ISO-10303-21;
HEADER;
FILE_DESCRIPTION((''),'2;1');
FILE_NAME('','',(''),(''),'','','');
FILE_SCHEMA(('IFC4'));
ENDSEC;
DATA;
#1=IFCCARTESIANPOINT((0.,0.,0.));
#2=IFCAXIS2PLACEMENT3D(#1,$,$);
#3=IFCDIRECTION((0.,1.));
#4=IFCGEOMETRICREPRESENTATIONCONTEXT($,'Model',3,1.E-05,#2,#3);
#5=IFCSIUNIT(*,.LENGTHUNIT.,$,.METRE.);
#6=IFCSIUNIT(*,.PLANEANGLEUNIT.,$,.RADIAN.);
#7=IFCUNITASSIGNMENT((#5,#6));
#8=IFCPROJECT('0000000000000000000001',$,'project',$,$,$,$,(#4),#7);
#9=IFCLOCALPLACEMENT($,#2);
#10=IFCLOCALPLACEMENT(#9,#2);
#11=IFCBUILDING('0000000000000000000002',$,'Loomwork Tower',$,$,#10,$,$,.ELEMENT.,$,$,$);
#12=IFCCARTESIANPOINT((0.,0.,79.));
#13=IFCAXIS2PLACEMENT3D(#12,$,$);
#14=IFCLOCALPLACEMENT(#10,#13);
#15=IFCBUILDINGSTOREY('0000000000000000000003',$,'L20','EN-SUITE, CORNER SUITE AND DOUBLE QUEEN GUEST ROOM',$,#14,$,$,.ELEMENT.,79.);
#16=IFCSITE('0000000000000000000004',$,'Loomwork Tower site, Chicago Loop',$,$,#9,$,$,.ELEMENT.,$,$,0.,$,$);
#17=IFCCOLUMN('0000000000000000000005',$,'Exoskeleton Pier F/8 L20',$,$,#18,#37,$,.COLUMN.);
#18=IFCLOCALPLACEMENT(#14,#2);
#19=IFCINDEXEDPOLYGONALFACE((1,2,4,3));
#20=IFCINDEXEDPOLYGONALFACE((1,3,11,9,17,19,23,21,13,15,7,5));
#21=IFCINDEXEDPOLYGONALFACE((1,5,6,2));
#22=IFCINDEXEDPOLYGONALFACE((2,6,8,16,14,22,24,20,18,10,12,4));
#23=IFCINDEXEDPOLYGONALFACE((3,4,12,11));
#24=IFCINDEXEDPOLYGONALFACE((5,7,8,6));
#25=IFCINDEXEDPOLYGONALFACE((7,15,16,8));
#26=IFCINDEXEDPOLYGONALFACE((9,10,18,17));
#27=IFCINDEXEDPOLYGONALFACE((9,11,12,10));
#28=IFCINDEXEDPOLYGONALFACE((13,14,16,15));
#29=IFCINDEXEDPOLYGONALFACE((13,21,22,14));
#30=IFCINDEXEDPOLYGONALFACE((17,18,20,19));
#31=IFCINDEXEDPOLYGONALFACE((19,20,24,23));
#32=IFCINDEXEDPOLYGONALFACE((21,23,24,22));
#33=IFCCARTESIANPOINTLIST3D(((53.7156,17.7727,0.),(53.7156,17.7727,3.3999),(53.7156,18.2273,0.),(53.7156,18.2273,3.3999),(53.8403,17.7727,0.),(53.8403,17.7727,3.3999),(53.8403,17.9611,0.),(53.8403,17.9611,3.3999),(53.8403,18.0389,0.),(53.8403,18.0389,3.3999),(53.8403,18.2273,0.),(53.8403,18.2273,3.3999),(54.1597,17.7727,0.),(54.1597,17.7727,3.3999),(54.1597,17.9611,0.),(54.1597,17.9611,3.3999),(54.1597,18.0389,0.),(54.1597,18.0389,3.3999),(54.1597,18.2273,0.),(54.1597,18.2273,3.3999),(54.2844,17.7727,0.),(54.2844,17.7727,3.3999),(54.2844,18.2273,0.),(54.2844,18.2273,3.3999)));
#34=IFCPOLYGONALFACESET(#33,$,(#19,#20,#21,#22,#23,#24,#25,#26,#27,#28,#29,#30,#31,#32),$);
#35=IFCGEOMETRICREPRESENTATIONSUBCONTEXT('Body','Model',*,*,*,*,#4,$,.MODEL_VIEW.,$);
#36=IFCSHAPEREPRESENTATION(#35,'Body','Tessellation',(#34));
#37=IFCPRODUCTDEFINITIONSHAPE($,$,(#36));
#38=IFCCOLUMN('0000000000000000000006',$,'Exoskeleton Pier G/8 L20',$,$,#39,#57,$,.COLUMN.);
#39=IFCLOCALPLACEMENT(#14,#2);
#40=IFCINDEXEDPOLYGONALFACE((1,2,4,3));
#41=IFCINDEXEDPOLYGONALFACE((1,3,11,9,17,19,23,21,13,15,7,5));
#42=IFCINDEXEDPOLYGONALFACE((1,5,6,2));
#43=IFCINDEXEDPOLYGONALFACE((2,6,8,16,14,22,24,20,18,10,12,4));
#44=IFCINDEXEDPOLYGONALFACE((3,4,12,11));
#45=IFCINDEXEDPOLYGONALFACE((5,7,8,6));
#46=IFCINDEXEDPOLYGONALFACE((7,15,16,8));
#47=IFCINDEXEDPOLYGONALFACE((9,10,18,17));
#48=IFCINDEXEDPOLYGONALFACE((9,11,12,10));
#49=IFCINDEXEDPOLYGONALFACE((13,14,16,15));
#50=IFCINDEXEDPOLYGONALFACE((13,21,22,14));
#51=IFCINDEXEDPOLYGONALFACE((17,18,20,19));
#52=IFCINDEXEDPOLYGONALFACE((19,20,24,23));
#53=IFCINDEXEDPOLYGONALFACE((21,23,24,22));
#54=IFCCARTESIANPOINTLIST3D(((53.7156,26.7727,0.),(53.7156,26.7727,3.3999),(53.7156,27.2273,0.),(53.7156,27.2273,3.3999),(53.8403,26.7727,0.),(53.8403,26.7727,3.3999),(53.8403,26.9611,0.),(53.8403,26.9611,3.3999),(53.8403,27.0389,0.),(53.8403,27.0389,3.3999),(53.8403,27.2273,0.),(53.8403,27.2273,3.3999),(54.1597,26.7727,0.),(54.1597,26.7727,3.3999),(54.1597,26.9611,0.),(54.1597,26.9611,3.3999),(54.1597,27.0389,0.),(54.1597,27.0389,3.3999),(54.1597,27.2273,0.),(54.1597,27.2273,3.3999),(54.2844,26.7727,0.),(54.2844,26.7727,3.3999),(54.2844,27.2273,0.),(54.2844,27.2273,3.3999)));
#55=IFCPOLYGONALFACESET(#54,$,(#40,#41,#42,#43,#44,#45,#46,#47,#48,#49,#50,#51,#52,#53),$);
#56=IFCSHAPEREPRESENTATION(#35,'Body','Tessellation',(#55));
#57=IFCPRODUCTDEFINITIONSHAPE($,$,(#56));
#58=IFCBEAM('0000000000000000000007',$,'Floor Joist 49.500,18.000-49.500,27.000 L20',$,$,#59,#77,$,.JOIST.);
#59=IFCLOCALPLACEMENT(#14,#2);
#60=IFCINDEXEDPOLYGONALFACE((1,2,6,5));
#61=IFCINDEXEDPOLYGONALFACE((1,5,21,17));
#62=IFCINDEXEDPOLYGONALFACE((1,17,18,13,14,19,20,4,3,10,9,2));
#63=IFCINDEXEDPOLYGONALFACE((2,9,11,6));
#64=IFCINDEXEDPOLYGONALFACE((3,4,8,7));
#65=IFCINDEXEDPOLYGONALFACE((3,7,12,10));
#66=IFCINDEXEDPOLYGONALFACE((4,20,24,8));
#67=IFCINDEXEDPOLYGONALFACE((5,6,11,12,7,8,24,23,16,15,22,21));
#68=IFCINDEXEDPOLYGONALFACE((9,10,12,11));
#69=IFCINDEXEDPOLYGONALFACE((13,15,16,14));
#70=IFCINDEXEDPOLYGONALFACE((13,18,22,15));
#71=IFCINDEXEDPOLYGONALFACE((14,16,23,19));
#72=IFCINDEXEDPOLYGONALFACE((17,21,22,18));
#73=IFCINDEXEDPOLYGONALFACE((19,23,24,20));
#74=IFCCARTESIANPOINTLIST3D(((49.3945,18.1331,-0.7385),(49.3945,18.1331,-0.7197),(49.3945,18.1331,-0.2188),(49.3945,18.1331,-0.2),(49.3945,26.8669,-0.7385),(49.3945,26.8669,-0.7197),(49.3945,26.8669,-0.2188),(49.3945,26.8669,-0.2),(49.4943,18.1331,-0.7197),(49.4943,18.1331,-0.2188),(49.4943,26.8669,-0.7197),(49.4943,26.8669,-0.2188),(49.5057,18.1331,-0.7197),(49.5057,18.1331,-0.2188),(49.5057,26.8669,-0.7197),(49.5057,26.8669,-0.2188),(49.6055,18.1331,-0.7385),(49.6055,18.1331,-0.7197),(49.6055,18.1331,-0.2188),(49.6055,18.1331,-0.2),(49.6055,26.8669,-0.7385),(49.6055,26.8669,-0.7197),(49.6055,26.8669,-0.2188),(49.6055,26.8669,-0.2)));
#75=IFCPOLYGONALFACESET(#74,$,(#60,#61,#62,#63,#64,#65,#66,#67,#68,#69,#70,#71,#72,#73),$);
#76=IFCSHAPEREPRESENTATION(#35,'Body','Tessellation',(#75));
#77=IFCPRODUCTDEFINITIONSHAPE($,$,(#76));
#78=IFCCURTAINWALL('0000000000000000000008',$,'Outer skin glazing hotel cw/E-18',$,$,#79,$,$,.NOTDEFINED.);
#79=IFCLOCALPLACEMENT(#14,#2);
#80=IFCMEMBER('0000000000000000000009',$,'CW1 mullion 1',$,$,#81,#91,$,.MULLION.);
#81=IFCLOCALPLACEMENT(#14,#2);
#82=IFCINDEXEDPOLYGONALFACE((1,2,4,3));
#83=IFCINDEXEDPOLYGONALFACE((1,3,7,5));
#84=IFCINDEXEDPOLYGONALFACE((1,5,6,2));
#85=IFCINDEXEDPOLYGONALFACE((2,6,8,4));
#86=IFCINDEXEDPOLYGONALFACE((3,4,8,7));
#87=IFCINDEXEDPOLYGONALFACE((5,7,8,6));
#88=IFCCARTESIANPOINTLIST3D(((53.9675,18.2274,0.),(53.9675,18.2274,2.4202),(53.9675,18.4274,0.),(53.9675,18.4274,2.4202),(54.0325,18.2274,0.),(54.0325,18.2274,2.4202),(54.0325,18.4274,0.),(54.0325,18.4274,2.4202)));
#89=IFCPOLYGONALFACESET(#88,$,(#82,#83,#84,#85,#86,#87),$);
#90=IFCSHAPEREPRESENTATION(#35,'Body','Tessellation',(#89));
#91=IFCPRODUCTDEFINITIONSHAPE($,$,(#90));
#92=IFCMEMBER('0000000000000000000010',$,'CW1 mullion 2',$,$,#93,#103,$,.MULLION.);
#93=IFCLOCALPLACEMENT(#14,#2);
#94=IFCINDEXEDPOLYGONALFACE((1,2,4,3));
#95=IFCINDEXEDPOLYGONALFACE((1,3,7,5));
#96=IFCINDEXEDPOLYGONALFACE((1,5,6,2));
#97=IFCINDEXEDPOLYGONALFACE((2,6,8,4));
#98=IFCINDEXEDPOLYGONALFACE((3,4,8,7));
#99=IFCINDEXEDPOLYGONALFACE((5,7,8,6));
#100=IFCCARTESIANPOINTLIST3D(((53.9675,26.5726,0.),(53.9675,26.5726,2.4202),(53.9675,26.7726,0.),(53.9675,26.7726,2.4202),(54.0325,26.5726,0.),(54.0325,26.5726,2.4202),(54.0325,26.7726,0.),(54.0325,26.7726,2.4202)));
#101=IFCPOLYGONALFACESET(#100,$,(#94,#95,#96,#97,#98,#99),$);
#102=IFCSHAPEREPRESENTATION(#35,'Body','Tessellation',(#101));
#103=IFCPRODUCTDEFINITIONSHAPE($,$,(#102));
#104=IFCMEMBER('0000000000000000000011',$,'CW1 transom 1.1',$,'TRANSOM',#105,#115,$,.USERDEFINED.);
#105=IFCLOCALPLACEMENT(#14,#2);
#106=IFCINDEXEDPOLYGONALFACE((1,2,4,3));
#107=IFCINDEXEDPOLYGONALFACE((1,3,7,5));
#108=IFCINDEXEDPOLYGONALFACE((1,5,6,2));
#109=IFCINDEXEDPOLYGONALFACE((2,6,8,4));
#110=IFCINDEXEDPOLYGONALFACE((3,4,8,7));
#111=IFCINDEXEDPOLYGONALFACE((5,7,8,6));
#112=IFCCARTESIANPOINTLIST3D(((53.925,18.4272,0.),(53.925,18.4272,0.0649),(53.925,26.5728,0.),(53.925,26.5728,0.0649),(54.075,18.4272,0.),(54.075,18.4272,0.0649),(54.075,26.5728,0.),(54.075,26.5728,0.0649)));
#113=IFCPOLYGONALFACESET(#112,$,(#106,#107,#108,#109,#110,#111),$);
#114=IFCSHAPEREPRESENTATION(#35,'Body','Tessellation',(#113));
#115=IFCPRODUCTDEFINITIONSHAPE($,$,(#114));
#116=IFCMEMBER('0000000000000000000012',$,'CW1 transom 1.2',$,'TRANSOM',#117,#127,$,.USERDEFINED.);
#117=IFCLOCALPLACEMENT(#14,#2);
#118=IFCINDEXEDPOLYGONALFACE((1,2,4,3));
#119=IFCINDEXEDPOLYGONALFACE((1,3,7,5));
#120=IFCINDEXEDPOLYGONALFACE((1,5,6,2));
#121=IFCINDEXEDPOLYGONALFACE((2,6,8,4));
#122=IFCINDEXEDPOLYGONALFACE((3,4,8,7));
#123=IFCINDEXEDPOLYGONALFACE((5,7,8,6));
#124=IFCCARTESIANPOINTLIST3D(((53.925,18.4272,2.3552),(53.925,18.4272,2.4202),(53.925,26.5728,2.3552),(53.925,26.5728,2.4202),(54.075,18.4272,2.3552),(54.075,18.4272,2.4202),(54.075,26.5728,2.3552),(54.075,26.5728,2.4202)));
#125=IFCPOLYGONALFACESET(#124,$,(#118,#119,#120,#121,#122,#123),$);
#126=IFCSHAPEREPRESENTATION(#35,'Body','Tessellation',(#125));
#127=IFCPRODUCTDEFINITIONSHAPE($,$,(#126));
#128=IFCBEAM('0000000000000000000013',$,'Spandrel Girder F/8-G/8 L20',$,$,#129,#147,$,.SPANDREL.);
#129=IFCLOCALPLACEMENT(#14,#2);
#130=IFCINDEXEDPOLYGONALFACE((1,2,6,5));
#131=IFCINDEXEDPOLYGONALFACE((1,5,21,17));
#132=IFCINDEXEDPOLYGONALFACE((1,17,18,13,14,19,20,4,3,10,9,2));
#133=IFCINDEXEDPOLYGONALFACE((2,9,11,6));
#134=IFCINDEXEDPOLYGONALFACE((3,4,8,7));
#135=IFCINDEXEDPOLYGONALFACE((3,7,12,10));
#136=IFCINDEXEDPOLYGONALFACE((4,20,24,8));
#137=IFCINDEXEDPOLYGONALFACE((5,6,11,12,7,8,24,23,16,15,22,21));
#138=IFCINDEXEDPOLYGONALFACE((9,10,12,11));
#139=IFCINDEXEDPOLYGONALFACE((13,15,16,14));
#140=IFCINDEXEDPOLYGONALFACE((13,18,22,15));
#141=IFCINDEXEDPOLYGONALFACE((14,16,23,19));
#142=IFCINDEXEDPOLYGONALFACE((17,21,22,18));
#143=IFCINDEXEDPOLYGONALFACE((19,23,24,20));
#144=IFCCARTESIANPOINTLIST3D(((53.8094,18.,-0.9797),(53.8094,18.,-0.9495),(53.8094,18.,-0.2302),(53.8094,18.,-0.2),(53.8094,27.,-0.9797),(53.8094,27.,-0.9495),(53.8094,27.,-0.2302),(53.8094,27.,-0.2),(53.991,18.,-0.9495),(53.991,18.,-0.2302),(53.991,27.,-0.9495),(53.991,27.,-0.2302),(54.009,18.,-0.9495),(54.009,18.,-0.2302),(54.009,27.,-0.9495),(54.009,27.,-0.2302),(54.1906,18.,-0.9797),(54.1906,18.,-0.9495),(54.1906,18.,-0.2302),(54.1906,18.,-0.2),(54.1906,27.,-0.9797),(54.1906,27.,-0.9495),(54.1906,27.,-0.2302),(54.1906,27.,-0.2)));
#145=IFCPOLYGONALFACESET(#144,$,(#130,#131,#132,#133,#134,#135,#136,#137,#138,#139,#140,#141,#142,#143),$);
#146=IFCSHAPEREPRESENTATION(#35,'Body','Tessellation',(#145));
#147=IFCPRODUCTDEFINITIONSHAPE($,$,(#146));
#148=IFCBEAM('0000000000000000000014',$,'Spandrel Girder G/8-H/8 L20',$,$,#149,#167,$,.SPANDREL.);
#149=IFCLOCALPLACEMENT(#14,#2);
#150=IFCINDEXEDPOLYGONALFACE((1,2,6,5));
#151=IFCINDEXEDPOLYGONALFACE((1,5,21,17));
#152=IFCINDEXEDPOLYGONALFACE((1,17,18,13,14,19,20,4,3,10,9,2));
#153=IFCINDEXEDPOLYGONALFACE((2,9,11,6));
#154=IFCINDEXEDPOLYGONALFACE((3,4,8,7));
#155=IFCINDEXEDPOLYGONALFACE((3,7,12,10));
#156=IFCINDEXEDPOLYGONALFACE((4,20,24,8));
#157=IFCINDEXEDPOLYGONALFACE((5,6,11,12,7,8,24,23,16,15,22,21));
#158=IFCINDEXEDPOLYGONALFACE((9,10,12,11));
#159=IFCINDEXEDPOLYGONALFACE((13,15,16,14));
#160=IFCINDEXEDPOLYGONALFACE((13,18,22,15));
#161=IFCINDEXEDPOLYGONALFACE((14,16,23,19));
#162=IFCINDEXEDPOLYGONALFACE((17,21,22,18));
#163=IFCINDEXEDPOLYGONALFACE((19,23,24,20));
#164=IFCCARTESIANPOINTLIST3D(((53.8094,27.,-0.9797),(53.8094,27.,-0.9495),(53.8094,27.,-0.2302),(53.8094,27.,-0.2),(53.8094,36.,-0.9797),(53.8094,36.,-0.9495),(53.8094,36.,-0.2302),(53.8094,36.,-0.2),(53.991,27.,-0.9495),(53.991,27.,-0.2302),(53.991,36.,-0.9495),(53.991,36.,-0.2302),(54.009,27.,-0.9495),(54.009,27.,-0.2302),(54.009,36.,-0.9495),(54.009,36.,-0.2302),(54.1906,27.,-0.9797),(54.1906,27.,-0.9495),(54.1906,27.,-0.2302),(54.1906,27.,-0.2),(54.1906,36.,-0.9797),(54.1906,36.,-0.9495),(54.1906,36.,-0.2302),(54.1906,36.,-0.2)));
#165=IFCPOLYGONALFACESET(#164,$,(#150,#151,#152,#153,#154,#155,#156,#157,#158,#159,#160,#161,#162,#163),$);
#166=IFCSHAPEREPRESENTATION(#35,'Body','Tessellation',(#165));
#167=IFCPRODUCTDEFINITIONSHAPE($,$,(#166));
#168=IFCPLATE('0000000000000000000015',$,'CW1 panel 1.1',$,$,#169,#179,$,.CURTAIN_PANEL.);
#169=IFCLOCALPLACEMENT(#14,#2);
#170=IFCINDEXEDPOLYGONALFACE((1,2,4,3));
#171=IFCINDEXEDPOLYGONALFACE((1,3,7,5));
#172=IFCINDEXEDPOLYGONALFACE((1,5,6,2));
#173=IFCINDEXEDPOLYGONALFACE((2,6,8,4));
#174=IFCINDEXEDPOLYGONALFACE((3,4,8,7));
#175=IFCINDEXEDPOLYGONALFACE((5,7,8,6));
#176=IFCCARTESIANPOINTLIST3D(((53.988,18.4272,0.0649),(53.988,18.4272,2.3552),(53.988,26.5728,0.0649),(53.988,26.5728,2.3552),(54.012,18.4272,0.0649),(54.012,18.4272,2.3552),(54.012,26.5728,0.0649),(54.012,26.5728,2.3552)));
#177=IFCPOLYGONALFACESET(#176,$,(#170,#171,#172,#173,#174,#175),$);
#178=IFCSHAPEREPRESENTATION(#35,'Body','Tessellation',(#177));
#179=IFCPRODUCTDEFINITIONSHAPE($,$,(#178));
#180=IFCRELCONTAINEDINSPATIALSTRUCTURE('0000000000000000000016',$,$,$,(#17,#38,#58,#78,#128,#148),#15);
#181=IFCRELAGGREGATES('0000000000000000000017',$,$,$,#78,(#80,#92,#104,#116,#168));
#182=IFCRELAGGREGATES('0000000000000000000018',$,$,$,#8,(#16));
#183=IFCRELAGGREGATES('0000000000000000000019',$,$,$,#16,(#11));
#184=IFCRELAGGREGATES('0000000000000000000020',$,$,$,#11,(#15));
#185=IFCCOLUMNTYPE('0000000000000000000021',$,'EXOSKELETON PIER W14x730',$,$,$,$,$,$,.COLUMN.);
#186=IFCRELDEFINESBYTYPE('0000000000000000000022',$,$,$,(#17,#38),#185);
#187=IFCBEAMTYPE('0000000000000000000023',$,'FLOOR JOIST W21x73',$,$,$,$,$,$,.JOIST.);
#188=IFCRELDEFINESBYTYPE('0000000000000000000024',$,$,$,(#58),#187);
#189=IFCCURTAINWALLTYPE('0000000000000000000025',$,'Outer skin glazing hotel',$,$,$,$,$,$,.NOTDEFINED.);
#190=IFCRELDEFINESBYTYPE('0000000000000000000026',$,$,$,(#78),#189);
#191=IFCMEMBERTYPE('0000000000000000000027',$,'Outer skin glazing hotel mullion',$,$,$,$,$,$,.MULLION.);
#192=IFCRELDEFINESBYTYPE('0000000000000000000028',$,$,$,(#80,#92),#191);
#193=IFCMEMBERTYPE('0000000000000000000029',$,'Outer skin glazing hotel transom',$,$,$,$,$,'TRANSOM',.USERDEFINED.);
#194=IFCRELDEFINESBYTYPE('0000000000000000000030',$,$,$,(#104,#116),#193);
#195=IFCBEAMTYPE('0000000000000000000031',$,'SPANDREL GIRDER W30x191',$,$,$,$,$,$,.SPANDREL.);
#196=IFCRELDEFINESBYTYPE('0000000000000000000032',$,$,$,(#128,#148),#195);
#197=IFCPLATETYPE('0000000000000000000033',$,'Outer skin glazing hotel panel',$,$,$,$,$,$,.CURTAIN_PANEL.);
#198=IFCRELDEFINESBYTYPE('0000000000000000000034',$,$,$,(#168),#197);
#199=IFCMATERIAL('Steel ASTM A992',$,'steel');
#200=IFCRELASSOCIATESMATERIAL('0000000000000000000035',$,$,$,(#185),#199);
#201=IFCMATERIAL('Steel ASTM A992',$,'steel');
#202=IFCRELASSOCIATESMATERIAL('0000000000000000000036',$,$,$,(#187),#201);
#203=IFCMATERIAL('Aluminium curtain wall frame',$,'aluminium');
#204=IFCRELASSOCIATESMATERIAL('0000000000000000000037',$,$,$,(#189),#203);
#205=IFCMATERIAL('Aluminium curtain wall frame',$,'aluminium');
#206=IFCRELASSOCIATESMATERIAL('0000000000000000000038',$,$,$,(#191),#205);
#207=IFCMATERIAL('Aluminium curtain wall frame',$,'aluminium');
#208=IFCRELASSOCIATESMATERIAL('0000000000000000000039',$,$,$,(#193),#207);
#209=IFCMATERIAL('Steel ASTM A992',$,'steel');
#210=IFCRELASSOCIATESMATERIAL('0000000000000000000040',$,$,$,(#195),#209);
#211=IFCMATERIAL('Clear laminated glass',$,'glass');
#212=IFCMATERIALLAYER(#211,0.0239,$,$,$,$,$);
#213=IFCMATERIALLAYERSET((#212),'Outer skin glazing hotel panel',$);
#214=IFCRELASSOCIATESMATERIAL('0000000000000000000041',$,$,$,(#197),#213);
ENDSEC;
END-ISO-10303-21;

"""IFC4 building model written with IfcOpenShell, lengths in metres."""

from ifc_helpers import new_model, si_unit, direction, frame, origin, origin_2d, place, context, subcontext, project, spatial, rectangle, i_section, extrude, material, layer, layer_set, material_profile, profile_set, type_object, element, aggregate, save


model = new_model("IFC4")

# Units and contexts
model_context = context("Model", 3, precision=1e-05, world=origin(), true_north=direction((0.0, 1.0)))
body_context = subcontext(model_context, "Body", "Model", "MODEL_VIEW")
ifc_project = project(units=[si_unit("LENGTHUNIT", "METRE"), si_unit("PLANEANGLEUNIT", "RADIAN")], contexts=[model_context])

# Site, building, storey
site_placement = place(None, origin())
site = spatial("IfcSite", under=ifc_project, at=site_placement, Name="Loomwork Tower site, Chicago Loop", CompositionType="ELEMENT", RefElevation=0.0)
building_placement = place(site_placement, origin())
building = spatial("IfcBuilding", under=site, at=building_placement, Name="Loomwork Tower", CompositionType="ELEMENT")
storey_placement = place(building_placement, frame((0.0, 0.0, 79.0)))
storey = spatial("IfcBuildingStorey", under=building, at=storey_placement, Name="L20", Description="EN-SUITE, CORNER SUITE AND DOUBLE QUEEN GUEST ROOM", CompositionType="ELEMENT", Elevation=79.0)

# Columns
ifc_material_1 = material(Name="Steel ASTM A992", Category="steel")
ifc_material_profile_1 = material_profile(ifc_material_1, i_section(OverallWidth=0.4546, OverallDepth=0.5688, WebThickness=0.0779, FlangeThickness=0.1248, at=origin_2d()), Name="W14x730")
ifc_profile_set_1 = profile_set([ifc_material_profile_1], Name="Steel ASTM A992")
column_type = type_object("IfcColumnType", Name="EXOSKELETON PIER W14x730", PredefinedType="COLUMN", material=ifc_profile_set_1)
for number, where, z_axis, x_axis, name in (
    (1, (54.0, 18.0, 0.0), (0.0, 0.0, 1.0), (0.0, 1.0, 0.0), "Exoskeleton Pier F/8 L20"),
    (2, (54.0, 27.0, 0.0), (0.0, 0.0, 1.0), (0.0, 1.0, 0.0), "Exoskeleton Pier G/8 L20"),
):
    element("IfcColumn", number, at=place(storey_placement, frame(where, z_axis=z_axis, x_axis=x_axis)), inside=storey, type_object=column_type, Name=name, PredefinedType="COLUMN", context=body_context, shape_type="SweptSolid", body=[
        extrude(i_section(OverallWidth=0.4546, OverallDepth=0.5688, WebThickness=0.0779, FlangeThickness=0.1248, at=origin_2d()), origin(), (0.0, 0.0, 1.0), 3.3999),
    ])

# Beam
ifc_material_2 = material(Name="Steel ASTM A992", Category="steel")
ifc_material_profile_2 = material_profile(ifc_material_2, i_section(OverallWidth=0.2109, OverallDepth=0.5386, WebThickness=0.0115, FlangeThickness=0.0188, at=origin_2d()), Name="W21x73")
ifc_profile_set_2 = profile_set([ifc_material_profile_2], Name="Steel ASTM A992")
beam_type_1 = type_object("IfcBeamType", Name="FLOOR JOIST W21x73", PredefinedType="JOIST", material=ifc_profile_set_2)
beam_placement = place(storey_placement, frame((49.5, 18.1331, -0.4692), z_axis=(0.0, 1.0, 0.0), x_axis=(-1.0, 0.0, 0.0)))
element("IfcBeam", 3, at=beam_placement, inside=storey, type_object=beam_type_1, Name="Floor Joist 49.500,18.000-49.500,27.000 L20", PredefinedType="JOIST", context=body_context, shape_type="SweptSolid", body=[
    extrude(i_section(OverallWidth=0.2109, OverallDepth=0.5386, WebThickness=0.0115, FlangeThickness=0.0188, at=origin_2d()), origin(), (0.0, 0.0, 1.0), 8.7339),
])

# Curtain wall, members
ifc_material_3 = material(Name="Aluminium curtain wall frame", Category="aluminium")
curtain_wall_type = type_object("IfcCurtainWallType", Name="Outer skin glazing hotel", PredefinedType="NOTDEFINED", material=ifc_material_3)
curtain_wall_placement = place(storey_placement, origin())
curtain_wall = element("IfcCurtainWall", 4, at=curtain_wall_placement, inside=storey, type_object=curtain_wall_type, Name="Outer skin glazing hotel cw/E-18", PredefinedType="NOTDEFINED")
ifc_material_4 = material(Name="Aluminium curtain wall frame", Category="aluminium")
ifc_material_profile_3 = material_profile(ifc_material_4, rectangle(XDim=0.0649, YDim=0.2, at=origin_2d()), Name="AL 65x200")
ifc_profile_set_3 = profile_set([ifc_material_profile_3], Name="Aluminium curtain wall frame")
member_type_1 = type_object("IfcMemberType", Name="Outer skin glazing hotel mullion", PredefinedType="MULLION", material=ifc_profile_set_3)
member_1_placement = place(storey_placement, frame((54.0, 18.3274, 0.0), z_axis=(0.0, 0.0, 1.0), x_axis=(-1.0, 0.0, 0.0)))
member_1 = element("IfcMember", 5, at=member_1_placement, type_object=member_type_1, Name="CW1 mullion 1", PredefinedType="MULLION", context=body_context, shape_type="SweptSolid", body=[
    extrude(rectangle(XDim=0.0649, YDim=0.2, at=origin_2d()), origin(), (0.0, 0.0, 1.0), 2.4202),
])
member_2_placement = place(storey_placement, frame((54.0, 26.6726, 0.0), z_axis=(0.0, 0.0, 1.0), x_axis=(-1.0, 0.0, 0.0)))
member_2 = element("IfcMember", 6, at=member_2_placement, type_object=member_type_1, Name="CW1 mullion 2", PredefinedType="MULLION", context=body_context, shape_type="SweptSolid", body=[
    extrude(rectangle(XDim=0.0649, YDim=0.2, at=origin_2d()), origin(), (0.0, 0.0, 1.0), 2.4202),
])
ifc_material_5 = material(Name="Aluminium curtain wall frame", Category="aluminium")
ifc_material_profile_4 = material_profile(ifc_material_5, rectangle(XDim=0.1499, YDim=0.0649, at=origin_2d()), Name="AL 65x150")
ifc_profile_set_4 = profile_set([ifc_material_profile_4], Name="Aluminium curtain wall frame")
member_type_2 = type_object("IfcMemberType", Name="Outer skin glazing hotel transom", ElementType="TRANSOM", PredefinedType="USERDEFINED", material=ifc_profile_set_4)
member_3_placement = place(storey_placement, frame((54.0, 18.4272, 0.0325), z_axis=(0.0, 1.0, 0.0), x_axis=(-1.0, 0.0, 0.0)))
member_3 = element("IfcMember", 7, at=member_3_placement, type_object=member_type_2, Name="CW1 transom 1.1", ObjectType="TRANSOM", PredefinedType="USERDEFINED", context=body_context, shape_type="SweptSolid", body=[
    extrude(rectangle(XDim=0.1499, YDim=0.0649, at=origin_2d()), origin(), (0.0, 0.0, 1.0), 8.1455),
])
member_4_placement = place(storey_placement, frame((54.0, 18.4272, 2.3877), z_axis=(0.0, 1.0, 0.0), x_axis=(-1.0, 0.0, 0.0)))
member_4 = element("IfcMember", 8, at=member_4_placement, type_object=member_type_2, Name="CW1 transom 1.2", ObjectType="TRANSOM", PredefinedType="USERDEFINED", context=body_context, shape_type="SweptSolid", body=[
    extrude(rectangle(XDim=0.1499, YDim=0.0649, at=origin_2d()), origin(), (0.0, 0.0, 1.0), 8.1455),
])

# Beams
ifc_material_6 = material(Name="Steel ASTM A992", Category="steel")
ifc_material_profile_5 = material_profile(ifc_material_6, i_section(OverallWidth=0.3811, OverallDepth=0.7798, WebThickness=0.0181, FlangeThickness=0.0303, at=origin_2d()), Name="W30x191")
ifc_profile_set_5 = profile_set([ifc_material_profile_5], Name="Steel ASTM A992")
beam_type_2 = type_object("IfcBeamType", Name="SPANDREL GIRDER W30x191", PredefinedType="SPANDREL", material=ifc_profile_set_5)
for number, where, z_axis, x_axis, name in (
    (9, (54.0, 18.0, -0.5898), (0.0, 1.0, 0.0), (-1.0, 0.0, 0.0), "Spandrel Girder F/8-G/8 L20"),
    (10, (54.0, 27.0, -0.5898), (0.0, 1.0, 0.0), (-1.0, 0.0, 0.0), "Spandrel Girder G/8-H/8 L20"),
):
    element("IfcBeam", number, at=place(storey_placement, frame(where, z_axis=z_axis, x_axis=x_axis)), inside=storey, type_object=beam_type_2, Name=name, PredefinedType="SPANDREL", context=body_context, shape_type="SweptSolid", body=[
        extrude(i_section(OverallWidth=0.3811, OverallDepth=0.7798, WebThickness=0.0181, FlangeThickness=0.0303, at=origin_2d()), origin(), (0.0, 0.0, 1.0), 9.0),
    ])

# Plate
ifc_material_7 = material(Name="Clear laminated glass", Category="glass")
ifc_layer_1 = layer(ifc_material_7, 0.0239)
ifc_layer_set_1 = layer_set([ifc_layer_1], Name="Outer skin glazing hotel panel")
plate_type = type_object("IfcPlateType", Name="Outer skin glazing hotel panel", PredefinedType="CURTAIN_PANEL", material=ifc_layer_set_1)
plate_placement = place(storey_placement, frame((54.0, 22.5, 0.0649), z_axis=(0.0, 0.0, 1.0), x_axis=(0.0, 1.0, 0.0)))
plate = element("IfcPlate", 11, at=plate_placement, type_object=plate_type, Name="CW1 panel 1.1", PredefinedType="CURTAIN_PANEL", context=body_context, shape_type="SweptSolid", body=[
    extrude(rectangle(XDim=8.1455, YDim=0.0239, at=origin_2d()), origin(), (0.0, 0.0, 1.0), 2.2903),
])
aggregate(curtain_wall, [member_1, member_2, member_3, member_4, plate])

save(model, "model.ifc")
